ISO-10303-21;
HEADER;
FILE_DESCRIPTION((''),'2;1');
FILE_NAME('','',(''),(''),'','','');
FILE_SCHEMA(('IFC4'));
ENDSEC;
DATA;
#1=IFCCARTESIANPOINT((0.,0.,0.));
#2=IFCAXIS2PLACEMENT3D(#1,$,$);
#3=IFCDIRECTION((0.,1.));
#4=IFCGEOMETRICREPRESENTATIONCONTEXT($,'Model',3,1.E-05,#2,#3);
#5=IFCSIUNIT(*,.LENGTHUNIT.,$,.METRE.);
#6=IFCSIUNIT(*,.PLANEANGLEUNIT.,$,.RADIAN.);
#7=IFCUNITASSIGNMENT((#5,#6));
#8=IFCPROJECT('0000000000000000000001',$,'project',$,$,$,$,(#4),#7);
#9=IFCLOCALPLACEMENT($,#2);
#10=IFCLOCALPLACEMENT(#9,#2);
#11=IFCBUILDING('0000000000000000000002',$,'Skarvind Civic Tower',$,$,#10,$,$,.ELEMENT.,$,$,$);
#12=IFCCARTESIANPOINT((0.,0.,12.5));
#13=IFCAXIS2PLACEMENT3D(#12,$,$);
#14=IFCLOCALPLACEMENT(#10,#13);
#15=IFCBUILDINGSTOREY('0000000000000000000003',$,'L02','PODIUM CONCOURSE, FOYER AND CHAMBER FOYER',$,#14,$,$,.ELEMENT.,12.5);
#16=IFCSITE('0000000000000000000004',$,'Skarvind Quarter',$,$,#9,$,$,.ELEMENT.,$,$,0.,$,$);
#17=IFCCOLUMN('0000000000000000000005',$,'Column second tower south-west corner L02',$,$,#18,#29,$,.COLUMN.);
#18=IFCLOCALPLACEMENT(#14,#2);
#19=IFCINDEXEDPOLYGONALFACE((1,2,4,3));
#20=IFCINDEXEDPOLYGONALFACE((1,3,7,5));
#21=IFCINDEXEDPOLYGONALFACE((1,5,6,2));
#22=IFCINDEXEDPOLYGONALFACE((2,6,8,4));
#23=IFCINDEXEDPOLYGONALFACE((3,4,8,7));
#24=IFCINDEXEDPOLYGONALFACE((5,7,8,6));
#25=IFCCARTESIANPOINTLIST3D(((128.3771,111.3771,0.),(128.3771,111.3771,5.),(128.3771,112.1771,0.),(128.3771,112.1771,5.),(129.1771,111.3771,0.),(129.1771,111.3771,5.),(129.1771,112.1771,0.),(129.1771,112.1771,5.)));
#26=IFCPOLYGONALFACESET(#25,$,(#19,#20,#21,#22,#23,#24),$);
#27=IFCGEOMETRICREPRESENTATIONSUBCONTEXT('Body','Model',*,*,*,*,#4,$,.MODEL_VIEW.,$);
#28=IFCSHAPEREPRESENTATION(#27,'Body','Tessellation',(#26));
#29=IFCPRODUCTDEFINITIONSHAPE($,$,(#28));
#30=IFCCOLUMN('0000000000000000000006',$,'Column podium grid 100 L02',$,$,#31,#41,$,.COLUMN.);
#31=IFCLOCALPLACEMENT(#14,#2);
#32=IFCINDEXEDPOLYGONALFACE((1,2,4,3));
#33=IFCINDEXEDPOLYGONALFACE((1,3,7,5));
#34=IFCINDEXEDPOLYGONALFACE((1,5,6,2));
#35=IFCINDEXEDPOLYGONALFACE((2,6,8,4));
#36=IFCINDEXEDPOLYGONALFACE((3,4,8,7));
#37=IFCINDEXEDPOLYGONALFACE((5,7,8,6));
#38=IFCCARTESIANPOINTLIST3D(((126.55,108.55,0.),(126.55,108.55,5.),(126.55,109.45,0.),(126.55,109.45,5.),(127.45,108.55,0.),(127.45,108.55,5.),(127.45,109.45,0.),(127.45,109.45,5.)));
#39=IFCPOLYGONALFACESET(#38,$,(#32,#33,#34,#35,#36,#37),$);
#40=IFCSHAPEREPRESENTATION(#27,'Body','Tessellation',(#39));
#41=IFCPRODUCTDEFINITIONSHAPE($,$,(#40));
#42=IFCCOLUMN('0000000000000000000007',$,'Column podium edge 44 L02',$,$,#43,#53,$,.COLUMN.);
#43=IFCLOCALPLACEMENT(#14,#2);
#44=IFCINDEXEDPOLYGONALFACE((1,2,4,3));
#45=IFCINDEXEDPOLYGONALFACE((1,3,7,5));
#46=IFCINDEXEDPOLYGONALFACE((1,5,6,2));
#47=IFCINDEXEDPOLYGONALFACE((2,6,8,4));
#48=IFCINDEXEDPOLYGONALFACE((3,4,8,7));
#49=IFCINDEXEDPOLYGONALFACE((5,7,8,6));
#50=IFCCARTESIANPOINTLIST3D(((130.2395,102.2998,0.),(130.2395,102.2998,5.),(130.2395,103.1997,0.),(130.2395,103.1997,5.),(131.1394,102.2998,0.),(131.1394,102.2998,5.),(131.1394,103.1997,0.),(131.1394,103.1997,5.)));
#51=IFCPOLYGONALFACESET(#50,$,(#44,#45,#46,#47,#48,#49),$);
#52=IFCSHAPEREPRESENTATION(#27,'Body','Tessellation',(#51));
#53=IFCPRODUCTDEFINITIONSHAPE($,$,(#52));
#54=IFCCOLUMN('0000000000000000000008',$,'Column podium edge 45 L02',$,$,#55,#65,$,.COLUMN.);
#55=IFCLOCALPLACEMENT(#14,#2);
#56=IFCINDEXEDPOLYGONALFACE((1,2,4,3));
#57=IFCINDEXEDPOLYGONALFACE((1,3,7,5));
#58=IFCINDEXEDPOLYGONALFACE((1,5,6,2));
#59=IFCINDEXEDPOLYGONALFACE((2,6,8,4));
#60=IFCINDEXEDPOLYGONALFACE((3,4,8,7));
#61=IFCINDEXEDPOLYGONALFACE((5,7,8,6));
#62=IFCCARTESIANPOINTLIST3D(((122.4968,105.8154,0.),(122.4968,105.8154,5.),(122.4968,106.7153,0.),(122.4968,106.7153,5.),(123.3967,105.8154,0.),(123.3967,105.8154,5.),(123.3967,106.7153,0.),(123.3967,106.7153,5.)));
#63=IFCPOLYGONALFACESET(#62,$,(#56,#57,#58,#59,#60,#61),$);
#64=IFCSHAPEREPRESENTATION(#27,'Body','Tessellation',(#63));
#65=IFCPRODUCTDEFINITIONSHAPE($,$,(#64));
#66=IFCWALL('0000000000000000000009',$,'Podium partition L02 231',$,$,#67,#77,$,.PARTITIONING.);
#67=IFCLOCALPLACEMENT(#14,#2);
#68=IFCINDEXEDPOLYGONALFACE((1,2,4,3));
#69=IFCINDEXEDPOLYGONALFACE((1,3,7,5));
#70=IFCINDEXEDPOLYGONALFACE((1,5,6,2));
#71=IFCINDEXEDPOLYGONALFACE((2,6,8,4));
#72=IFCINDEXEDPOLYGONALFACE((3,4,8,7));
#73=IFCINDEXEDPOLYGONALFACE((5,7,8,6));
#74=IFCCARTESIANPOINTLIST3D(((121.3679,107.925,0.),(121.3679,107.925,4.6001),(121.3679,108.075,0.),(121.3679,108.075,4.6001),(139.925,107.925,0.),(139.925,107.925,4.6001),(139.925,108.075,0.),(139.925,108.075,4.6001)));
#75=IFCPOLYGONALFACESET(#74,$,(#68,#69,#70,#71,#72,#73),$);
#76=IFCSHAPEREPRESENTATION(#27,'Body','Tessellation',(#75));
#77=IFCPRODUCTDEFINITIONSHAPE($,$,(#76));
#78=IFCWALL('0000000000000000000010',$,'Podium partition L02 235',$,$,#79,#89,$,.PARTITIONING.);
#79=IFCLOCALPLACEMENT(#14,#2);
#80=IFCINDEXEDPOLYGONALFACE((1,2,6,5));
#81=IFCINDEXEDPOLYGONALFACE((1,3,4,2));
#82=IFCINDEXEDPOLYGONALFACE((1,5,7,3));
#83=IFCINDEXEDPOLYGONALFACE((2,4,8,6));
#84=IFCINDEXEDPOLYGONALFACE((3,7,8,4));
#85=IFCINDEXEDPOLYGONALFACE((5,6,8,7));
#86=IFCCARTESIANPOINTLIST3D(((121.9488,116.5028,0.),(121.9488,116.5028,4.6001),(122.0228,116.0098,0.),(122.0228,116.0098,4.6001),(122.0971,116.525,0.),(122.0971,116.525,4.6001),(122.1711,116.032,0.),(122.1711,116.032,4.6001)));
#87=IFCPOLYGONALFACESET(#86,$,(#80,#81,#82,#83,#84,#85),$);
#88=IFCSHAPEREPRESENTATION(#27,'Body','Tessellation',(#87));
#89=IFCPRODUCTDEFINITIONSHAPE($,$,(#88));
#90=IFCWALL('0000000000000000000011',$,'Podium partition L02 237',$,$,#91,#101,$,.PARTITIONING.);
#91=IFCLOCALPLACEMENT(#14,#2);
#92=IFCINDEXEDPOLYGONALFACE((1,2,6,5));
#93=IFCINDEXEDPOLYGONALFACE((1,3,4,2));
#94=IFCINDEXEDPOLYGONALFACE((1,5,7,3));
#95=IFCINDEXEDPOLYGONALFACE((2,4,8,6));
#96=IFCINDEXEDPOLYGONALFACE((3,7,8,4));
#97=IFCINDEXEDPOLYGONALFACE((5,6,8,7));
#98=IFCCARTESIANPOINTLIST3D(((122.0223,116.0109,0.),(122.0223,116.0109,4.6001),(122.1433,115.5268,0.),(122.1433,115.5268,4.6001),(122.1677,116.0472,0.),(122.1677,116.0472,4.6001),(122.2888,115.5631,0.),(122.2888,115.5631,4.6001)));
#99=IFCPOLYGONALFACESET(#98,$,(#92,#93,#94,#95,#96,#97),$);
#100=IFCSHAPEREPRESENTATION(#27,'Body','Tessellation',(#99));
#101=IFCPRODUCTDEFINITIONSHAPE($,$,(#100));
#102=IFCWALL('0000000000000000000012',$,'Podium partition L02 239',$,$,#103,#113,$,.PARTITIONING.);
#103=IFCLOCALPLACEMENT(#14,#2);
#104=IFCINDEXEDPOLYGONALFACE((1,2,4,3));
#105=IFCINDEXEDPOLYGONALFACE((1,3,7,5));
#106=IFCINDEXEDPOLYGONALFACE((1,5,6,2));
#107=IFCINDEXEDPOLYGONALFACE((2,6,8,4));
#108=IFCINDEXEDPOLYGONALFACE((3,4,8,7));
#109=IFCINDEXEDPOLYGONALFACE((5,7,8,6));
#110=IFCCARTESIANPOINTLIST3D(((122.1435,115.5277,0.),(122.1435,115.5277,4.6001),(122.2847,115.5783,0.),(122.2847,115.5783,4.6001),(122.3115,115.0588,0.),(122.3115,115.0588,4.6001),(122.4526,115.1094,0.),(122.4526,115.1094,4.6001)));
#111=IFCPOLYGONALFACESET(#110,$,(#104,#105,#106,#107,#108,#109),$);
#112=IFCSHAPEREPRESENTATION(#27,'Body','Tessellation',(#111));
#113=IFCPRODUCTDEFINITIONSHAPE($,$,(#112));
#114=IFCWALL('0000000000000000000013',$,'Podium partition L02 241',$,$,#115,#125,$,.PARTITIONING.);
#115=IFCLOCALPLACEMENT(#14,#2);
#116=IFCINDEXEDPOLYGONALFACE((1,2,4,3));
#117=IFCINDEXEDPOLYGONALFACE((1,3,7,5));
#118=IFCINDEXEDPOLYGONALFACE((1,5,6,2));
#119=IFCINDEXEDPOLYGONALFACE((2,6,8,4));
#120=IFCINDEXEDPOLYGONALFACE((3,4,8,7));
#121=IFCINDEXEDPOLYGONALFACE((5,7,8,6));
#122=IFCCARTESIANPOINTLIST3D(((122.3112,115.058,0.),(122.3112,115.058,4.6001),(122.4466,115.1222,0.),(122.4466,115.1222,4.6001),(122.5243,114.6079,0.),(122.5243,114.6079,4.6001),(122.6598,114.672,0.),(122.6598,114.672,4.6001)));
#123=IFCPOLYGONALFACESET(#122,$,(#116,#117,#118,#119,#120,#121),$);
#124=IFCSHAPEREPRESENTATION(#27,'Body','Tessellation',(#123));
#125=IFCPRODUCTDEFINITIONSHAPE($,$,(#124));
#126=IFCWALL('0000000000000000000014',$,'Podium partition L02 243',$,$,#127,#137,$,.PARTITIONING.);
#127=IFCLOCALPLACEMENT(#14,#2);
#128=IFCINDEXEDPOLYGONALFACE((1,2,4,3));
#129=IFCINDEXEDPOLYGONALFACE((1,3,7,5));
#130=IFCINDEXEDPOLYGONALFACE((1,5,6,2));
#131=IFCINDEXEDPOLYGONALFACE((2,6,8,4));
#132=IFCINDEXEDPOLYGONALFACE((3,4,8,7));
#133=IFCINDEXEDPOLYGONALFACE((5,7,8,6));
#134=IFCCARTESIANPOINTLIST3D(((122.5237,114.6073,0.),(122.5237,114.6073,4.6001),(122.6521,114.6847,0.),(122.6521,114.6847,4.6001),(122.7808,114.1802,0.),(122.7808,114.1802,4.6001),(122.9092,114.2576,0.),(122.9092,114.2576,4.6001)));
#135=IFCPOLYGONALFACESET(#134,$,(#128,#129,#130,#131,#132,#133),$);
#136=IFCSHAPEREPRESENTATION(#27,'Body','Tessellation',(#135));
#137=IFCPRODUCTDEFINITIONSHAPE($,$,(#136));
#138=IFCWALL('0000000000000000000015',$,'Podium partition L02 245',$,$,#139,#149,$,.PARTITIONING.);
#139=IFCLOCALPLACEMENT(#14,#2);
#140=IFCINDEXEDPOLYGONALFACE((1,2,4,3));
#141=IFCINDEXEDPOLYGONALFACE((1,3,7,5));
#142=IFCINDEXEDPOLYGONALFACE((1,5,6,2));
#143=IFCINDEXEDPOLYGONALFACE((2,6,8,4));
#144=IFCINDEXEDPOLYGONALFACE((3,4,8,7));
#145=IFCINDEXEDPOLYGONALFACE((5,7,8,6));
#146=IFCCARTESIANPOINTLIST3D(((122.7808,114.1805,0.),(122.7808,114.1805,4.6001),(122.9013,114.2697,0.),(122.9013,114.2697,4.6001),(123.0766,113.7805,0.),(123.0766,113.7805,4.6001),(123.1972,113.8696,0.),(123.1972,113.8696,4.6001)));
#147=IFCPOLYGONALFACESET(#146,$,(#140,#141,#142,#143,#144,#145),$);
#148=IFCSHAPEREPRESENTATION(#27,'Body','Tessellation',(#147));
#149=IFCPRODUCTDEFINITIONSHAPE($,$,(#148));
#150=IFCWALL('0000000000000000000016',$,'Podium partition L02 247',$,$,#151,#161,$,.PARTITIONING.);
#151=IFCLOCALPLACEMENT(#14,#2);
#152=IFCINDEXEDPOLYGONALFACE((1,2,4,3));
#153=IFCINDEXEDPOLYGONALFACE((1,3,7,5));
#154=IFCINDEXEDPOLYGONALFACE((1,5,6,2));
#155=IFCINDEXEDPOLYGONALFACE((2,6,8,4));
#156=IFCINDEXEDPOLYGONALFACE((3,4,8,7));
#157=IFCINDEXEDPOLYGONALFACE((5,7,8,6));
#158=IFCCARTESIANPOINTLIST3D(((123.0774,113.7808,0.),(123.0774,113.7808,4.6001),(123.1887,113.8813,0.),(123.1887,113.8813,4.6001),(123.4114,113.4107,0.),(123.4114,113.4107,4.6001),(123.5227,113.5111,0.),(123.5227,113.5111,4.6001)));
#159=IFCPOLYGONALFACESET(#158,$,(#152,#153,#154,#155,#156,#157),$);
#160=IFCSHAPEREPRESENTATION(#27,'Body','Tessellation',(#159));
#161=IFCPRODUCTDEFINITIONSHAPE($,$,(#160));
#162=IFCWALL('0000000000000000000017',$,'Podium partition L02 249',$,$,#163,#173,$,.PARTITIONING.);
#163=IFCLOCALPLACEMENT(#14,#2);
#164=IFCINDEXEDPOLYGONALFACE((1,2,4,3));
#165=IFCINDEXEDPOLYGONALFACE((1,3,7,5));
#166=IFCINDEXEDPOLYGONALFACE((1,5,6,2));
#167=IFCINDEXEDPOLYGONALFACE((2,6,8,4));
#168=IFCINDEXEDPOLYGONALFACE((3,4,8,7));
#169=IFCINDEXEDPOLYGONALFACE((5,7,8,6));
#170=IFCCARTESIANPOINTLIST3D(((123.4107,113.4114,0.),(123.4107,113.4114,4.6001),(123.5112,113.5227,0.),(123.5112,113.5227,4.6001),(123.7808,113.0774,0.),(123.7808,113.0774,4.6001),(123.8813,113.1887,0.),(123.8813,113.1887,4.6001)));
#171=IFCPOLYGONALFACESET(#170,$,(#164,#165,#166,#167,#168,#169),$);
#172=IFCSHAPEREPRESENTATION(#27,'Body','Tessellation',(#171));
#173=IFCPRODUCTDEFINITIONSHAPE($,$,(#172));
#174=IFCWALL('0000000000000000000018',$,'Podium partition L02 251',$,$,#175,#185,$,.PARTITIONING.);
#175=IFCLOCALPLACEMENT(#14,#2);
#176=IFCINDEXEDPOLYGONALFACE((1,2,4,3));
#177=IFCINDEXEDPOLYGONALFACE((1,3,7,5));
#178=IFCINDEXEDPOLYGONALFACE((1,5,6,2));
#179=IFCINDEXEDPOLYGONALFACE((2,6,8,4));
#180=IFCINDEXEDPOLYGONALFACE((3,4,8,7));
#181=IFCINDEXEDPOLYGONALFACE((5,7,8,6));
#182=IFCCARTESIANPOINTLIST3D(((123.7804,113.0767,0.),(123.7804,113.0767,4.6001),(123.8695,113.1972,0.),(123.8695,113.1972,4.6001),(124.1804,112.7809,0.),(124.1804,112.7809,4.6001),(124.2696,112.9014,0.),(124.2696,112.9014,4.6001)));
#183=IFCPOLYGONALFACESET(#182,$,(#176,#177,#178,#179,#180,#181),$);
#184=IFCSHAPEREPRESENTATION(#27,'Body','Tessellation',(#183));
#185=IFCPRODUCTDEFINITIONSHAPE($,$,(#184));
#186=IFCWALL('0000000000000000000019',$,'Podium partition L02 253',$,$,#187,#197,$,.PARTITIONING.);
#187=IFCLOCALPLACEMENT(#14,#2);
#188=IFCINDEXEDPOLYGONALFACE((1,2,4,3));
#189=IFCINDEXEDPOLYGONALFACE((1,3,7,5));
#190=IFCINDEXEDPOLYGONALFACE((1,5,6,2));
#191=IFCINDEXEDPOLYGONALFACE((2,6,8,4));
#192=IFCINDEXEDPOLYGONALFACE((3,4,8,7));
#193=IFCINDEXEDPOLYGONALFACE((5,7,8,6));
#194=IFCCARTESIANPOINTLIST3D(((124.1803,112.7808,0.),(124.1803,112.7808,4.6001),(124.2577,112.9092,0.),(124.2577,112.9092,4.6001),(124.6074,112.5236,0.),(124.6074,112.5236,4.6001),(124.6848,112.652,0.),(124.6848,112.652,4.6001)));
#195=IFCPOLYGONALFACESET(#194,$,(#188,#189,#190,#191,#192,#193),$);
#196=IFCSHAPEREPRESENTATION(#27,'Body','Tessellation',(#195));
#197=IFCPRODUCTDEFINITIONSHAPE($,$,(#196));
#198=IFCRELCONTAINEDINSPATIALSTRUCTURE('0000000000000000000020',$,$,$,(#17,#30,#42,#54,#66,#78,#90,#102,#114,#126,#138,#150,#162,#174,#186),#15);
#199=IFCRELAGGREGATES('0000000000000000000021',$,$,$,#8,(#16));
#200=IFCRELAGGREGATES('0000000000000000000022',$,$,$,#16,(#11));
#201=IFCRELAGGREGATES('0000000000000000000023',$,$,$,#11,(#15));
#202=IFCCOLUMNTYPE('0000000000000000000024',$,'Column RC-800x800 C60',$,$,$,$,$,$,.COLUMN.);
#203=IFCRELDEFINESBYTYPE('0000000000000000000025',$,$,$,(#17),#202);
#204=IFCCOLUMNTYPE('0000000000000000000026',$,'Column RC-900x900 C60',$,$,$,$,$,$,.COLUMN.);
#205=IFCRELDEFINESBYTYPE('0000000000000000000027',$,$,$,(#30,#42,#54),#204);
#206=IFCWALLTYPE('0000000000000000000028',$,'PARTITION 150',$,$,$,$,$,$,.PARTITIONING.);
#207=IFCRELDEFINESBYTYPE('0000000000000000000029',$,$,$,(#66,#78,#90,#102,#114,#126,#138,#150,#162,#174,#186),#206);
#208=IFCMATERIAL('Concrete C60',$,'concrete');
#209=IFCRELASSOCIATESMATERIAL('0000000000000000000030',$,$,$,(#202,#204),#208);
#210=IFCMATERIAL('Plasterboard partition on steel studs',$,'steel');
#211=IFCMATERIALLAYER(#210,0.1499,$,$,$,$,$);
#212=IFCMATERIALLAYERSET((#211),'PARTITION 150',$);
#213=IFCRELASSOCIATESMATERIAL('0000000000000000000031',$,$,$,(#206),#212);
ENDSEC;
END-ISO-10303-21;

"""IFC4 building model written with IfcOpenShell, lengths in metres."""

from ifc_helpers import new_model, si_unit, direction, frame, frame_2d, origin, origin_2d, place, context, subcontext, project, spatial, rectangle, extrude, material, layer, layer_set, material_profile, profile_set, type_object, element, save


model = new_model("IFC4")

# Units and contexts
model_context = context("Model", 3, precision=1e-05, world=origin(), true_north=direction((0.0, 1.0)))
body_context = subcontext(model_context, "Body", "Model", "MODEL_VIEW")
ifc_project = project(units=[si_unit("LENGTHUNIT", "METRE"), si_unit("PLANEANGLEUNIT", "RADIAN")], contexts=[model_context])

# Site, building, storey
site_placement = place(None, origin())
site = spatial("IfcSite", under=ifc_project, at=site_placement, Name="Skarvind Quarter", CompositionType="ELEMENT", RefElevation=0.0)
building_placement = place(site_placement, origin())
building = spatial("IfcBuilding", under=site, at=building_placement, Name="Skarvind Civic Tower", CompositionType="ELEMENT")
storey_placement = place(building_placement, frame((0.0, 0.0, 12.5)))
storey = spatial("IfcBuildingStorey", under=building, at=storey_placement, Name="L02", Description="PODIUM CONCOURSE, FOYER AND CHAMBER FOYER", CompositionType="ELEMENT", Elevation=12.5)

# Columns
ifc_material_1 = material(Name="Concrete C60", Category="concrete")
ifc_material_profile_1 = material_profile(ifc_material_1, rectangle(XDim=0.8, YDim=0.8, at=origin_2d()), Name="RC-800x800")
ifc_profile_set_1 = profile_set([ifc_material_profile_1], Name="Concrete C60")
column_type_1 = type_object("IfcColumnType", Name="Column RC-800x800 C60", PredefinedType="COLUMN", material=ifc_profile_set_1)
column_placement = place(storey_placement, frame((128.7771, 111.7771, 0.0), z_axis=(0.0, 0.0, 1.0), x_axis=(1.0, 0.0, 0.0)))
element("IfcColumn", 1, at=column_placement, inside=storey, type_object=column_type_1, Name="Column second tower south-west corner L02", PredefinedType="COLUMN", context=body_context, shape_type="SweptSolid", body=[
    extrude(rectangle(XDim=0.8, YDim=0.8, at=origin_2d()), origin(), (0.0, 0.0, 1.0), 5.0),
])
ifc_material_profile_2 = material_profile(ifc_material_1, rectangle(XDim=0.8999, YDim=0.8999, at=origin_2d()), Name="RC-900x900")
ifc_profile_set_2 = profile_set([ifc_material_profile_2], Name="Concrete C60")
column_type_2 = type_object("IfcColumnType", Name="Column RC-900x900 C60", PredefinedType="COLUMN", material=ifc_profile_set_2)
for number, where, z_axis, x_axis, name in (
    (2, (127.0, 109.0, 0.0), (0.0, 0.0, 1.0), (1.0, 0.0, 0.0), "Column podium grid 100 L02"),
    (3, (130.6895, 102.7498, 0.0), (0.0, 0.0, 1.0), (1.0, 0.0, 0.0), "Column podium edge 44 L02"),
    (4, (122.9468, 106.2654, 0.0), (0.0, 0.0, 1.0), (1.0, 0.0, 0.0), "Column podium edge 45 L02"),
):
    element("IfcColumn", number, at=place(storey_placement, frame(where, z_axis=z_axis, x_axis=x_axis)), inside=storey, type_object=column_type_2, Name=name, PredefinedType="COLUMN", context=body_context, shape_type="SweptSolid", body=[
        extrude(rectangle(XDim=0.8999, YDim=0.8999, at=origin_2d()), origin(), (0.0, 0.0, 1.0), 5.0),
    ])

# Walls
ifc_material_2 = material(Name="Plasterboard partition on steel studs", Category="steel")
ifc_layer_1 = layer(ifc_material_2, 0.1499)
ifc_layer_set_1 = layer_set([ifc_layer_1], Name="PARTITION 150")
wall_type_1 = type_object("IfcWallType", Name="PARTITION 150", PredefinedType="PARTITIONING", material=ifc_layer_set_1)
wall_1_placement = place(storey_placement, frame((121.3679, 108.0, 0.0), z_axis=(0.0, 0.0, 1.0), x_axis=(1.0, 0.0, 0.0)))
element("IfcWall", 5, at=wall_1_placement, inside=storey, type_object=wall_type_1, Name="Podium partition L02 231", PredefinedType="PARTITIONING", context=body_context, shape_type="SweptSolid", body=[
    extrude(rectangle(XDim=18.5571, YDim=0.1499, at=frame_2d((9.2786, 0.0))), origin(), (0.0, 0.0, 1.0), 4.6001),
])
wall_2_placement = place(storey_placement, frame((122.0229, 116.5139, 0.0), z_axis=(0.0, 0.0, 1.0), x_axis=(0.148412, -0.988926, 0.0)))
element("IfcWall", 6, at=wall_2_placement, inside=storey, type_object=wall_type_1, Name="Podium partition L02 235", PredefinedType="PARTITIONING", context=body_context, shape_type="SweptSolid", body=[
    extrude(rectangle(XDim=0.4985, YDim=0.1499, at=frame_2d((0.2493, 0.0))), origin(), (0.0, 0.0, 1.0), 4.6001),
])
wall_3_placement = place(storey_placement, frame((122.095, 116.0291, 0.0), z_axis=(0.0, 0.0, 1.0), x_axis=(0.242651, -0.970114, 0.0)))
element("IfcWall", 7, at=wall_3_placement, inside=storey, type_object=wall_type_1, Name="Podium partition L02 237", PredefinedType="PARTITIONING", context=body_context, shape_type="SweptSolid", body=[
    extrude(rectangle(XDim=0.499, YDim=0.1499, at=frame_2d((0.2495, 0.0))), origin(), (0.0, 0.0, 1.0), 4.6001),
])
for number, where, z_axis, x_axis, name in (
    (8, (122.2141, 115.553, 0.0), (0.0, 0.0, 1.0), (0.337174, -0.941442, 0.0), "Podium partition L02 239"),
    (9, (122.3789, 115.0901, 0.0), (0.0, 0.0, 1.0), (0.427897, -0.903828, 0.0), "Podium partition L02 241"),
):
    element("IfcWall", number, at=place(storey_placement, frame(where, z_axis=z_axis, x_axis=x_axis)), inside=storey, type_object=wall_type_1, Name=name, PredefinedType="PARTITIONING", context=body_context, shape_type="SweptSolid", body=[
        extrude(rectangle(XDim=0.498, YDim=0.1499, at=frame_2d((0.249, 0.0))), origin(), (0.0, 0.0, 1.0), 4.6001),
    ])
wall_4_placement = place(storey_placement, frame((122.5879, 114.646, 0.0), z_axis=(0.0, 0.0, 1.0), x_axis=(0.515792, -0.856714, 0.0)))
element("IfcWall", 10, at=wall_4_placement, inside=storey, type_object=wall_type_1, Name="Podium partition L02 243", PredefinedType="PARTITIONING", context=body_context, shape_type="SweptSolid", body=[
    extrude(rectangle(XDim=0.4985, YDim=0.1499, at=frame_2d((0.2493, 0.0))), origin(), (0.0, 0.0, 1.0), 4.6001),
])
wall_5_placement = place(storey_placement, frame((122.8411, 114.2251, 0.0), z_axis=(0.0, 0.0, 1.0), x_axis=(0.59457, -0.804044, 0.0)))
element("IfcWall", 11, at=wall_5_placement, inside=storey, type_object=wall_type_1, Name="Podium partition L02 245", PredefinedType="PARTITIONING", context=body_context, shape_type="SweptSolid", body=[
    extrude(rectangle(XDim=0.4976, YDim=0.1499, at=frame_2d((0.2488, 0.0))), origin(), (0.0, 0.0, 1.0), 4.6001),
])
for number, where, z_axis, x_axis, name in (
    (12, (123.1331, 113.8311, 0.0), (0.0, 0.0, 1.0), (0.669938, -0.742417, 0.0), "Podium partition L02 247"),
    (13, (123.4609, 113.467, 0.0), (0.0, 0.0, 1.0), (0.742417, -0.669938, 0.0), "Podium partition L02 249"),
):
    element("IfcWall", number, at=place(storey_placement, frame(where, z_axis=z_axis, x_axis=x_axis)), inside=storey, type_object=wall_type_1, Name=name, PredefinedType="PARTITIONING", context=body_context, shape_type="SweptSolid", body=[
        extrude(rectangle(XDim=0.4985, YDim=0.1499, at=frame_2d((0.2493, 0.0))), origin(), (0.0, 0.0, 1.0), 4.6001),
    ])
wall_6_placement = place(storey_placement, frame((123.825, 113.137, 0.0), z_axis=(0.0, 0.0, 1.0), x_axis=(0.804044, -0.59457, 0.0)))
element("IfcWall", 14, at=wall_6_placement, inside=storey, type_object=wall_type_1, Name="Podium partition L02 251", PredefinedType="PARTITIONING", context=body_context, shape_type="SweptSolid", body=[
    extrude(rectangle(XDim=0.4976, YDim=0.1499, at=frame_2d((0.2488, 0.0))), origin(), (0.0, 0.0, 1.0), 4.6001),
])
wall_7_placement = place(storey_placement, frame((124.219, 112.845, 0.0), z_axis=(0.0, 0.0, 1.0), x_axis=(0.856714, -0.515792, 0.0)))
element("IfcWall", 15, at=wall_7_placement, inside=storey, type_object=wall_type_1, Name="Podium partition L02 253", PredefinedType="PARTITIONING", context=body_context, shape_type="SweptSolid", body=[
    extrude(rectangle(XDim=0.4985, YDim=0.1499, at=frame_2d((0.2493, 0.0))), origin(), (0.0, 0.0, 1.0), 4.6001),
])

save(model, "model.ifc")
